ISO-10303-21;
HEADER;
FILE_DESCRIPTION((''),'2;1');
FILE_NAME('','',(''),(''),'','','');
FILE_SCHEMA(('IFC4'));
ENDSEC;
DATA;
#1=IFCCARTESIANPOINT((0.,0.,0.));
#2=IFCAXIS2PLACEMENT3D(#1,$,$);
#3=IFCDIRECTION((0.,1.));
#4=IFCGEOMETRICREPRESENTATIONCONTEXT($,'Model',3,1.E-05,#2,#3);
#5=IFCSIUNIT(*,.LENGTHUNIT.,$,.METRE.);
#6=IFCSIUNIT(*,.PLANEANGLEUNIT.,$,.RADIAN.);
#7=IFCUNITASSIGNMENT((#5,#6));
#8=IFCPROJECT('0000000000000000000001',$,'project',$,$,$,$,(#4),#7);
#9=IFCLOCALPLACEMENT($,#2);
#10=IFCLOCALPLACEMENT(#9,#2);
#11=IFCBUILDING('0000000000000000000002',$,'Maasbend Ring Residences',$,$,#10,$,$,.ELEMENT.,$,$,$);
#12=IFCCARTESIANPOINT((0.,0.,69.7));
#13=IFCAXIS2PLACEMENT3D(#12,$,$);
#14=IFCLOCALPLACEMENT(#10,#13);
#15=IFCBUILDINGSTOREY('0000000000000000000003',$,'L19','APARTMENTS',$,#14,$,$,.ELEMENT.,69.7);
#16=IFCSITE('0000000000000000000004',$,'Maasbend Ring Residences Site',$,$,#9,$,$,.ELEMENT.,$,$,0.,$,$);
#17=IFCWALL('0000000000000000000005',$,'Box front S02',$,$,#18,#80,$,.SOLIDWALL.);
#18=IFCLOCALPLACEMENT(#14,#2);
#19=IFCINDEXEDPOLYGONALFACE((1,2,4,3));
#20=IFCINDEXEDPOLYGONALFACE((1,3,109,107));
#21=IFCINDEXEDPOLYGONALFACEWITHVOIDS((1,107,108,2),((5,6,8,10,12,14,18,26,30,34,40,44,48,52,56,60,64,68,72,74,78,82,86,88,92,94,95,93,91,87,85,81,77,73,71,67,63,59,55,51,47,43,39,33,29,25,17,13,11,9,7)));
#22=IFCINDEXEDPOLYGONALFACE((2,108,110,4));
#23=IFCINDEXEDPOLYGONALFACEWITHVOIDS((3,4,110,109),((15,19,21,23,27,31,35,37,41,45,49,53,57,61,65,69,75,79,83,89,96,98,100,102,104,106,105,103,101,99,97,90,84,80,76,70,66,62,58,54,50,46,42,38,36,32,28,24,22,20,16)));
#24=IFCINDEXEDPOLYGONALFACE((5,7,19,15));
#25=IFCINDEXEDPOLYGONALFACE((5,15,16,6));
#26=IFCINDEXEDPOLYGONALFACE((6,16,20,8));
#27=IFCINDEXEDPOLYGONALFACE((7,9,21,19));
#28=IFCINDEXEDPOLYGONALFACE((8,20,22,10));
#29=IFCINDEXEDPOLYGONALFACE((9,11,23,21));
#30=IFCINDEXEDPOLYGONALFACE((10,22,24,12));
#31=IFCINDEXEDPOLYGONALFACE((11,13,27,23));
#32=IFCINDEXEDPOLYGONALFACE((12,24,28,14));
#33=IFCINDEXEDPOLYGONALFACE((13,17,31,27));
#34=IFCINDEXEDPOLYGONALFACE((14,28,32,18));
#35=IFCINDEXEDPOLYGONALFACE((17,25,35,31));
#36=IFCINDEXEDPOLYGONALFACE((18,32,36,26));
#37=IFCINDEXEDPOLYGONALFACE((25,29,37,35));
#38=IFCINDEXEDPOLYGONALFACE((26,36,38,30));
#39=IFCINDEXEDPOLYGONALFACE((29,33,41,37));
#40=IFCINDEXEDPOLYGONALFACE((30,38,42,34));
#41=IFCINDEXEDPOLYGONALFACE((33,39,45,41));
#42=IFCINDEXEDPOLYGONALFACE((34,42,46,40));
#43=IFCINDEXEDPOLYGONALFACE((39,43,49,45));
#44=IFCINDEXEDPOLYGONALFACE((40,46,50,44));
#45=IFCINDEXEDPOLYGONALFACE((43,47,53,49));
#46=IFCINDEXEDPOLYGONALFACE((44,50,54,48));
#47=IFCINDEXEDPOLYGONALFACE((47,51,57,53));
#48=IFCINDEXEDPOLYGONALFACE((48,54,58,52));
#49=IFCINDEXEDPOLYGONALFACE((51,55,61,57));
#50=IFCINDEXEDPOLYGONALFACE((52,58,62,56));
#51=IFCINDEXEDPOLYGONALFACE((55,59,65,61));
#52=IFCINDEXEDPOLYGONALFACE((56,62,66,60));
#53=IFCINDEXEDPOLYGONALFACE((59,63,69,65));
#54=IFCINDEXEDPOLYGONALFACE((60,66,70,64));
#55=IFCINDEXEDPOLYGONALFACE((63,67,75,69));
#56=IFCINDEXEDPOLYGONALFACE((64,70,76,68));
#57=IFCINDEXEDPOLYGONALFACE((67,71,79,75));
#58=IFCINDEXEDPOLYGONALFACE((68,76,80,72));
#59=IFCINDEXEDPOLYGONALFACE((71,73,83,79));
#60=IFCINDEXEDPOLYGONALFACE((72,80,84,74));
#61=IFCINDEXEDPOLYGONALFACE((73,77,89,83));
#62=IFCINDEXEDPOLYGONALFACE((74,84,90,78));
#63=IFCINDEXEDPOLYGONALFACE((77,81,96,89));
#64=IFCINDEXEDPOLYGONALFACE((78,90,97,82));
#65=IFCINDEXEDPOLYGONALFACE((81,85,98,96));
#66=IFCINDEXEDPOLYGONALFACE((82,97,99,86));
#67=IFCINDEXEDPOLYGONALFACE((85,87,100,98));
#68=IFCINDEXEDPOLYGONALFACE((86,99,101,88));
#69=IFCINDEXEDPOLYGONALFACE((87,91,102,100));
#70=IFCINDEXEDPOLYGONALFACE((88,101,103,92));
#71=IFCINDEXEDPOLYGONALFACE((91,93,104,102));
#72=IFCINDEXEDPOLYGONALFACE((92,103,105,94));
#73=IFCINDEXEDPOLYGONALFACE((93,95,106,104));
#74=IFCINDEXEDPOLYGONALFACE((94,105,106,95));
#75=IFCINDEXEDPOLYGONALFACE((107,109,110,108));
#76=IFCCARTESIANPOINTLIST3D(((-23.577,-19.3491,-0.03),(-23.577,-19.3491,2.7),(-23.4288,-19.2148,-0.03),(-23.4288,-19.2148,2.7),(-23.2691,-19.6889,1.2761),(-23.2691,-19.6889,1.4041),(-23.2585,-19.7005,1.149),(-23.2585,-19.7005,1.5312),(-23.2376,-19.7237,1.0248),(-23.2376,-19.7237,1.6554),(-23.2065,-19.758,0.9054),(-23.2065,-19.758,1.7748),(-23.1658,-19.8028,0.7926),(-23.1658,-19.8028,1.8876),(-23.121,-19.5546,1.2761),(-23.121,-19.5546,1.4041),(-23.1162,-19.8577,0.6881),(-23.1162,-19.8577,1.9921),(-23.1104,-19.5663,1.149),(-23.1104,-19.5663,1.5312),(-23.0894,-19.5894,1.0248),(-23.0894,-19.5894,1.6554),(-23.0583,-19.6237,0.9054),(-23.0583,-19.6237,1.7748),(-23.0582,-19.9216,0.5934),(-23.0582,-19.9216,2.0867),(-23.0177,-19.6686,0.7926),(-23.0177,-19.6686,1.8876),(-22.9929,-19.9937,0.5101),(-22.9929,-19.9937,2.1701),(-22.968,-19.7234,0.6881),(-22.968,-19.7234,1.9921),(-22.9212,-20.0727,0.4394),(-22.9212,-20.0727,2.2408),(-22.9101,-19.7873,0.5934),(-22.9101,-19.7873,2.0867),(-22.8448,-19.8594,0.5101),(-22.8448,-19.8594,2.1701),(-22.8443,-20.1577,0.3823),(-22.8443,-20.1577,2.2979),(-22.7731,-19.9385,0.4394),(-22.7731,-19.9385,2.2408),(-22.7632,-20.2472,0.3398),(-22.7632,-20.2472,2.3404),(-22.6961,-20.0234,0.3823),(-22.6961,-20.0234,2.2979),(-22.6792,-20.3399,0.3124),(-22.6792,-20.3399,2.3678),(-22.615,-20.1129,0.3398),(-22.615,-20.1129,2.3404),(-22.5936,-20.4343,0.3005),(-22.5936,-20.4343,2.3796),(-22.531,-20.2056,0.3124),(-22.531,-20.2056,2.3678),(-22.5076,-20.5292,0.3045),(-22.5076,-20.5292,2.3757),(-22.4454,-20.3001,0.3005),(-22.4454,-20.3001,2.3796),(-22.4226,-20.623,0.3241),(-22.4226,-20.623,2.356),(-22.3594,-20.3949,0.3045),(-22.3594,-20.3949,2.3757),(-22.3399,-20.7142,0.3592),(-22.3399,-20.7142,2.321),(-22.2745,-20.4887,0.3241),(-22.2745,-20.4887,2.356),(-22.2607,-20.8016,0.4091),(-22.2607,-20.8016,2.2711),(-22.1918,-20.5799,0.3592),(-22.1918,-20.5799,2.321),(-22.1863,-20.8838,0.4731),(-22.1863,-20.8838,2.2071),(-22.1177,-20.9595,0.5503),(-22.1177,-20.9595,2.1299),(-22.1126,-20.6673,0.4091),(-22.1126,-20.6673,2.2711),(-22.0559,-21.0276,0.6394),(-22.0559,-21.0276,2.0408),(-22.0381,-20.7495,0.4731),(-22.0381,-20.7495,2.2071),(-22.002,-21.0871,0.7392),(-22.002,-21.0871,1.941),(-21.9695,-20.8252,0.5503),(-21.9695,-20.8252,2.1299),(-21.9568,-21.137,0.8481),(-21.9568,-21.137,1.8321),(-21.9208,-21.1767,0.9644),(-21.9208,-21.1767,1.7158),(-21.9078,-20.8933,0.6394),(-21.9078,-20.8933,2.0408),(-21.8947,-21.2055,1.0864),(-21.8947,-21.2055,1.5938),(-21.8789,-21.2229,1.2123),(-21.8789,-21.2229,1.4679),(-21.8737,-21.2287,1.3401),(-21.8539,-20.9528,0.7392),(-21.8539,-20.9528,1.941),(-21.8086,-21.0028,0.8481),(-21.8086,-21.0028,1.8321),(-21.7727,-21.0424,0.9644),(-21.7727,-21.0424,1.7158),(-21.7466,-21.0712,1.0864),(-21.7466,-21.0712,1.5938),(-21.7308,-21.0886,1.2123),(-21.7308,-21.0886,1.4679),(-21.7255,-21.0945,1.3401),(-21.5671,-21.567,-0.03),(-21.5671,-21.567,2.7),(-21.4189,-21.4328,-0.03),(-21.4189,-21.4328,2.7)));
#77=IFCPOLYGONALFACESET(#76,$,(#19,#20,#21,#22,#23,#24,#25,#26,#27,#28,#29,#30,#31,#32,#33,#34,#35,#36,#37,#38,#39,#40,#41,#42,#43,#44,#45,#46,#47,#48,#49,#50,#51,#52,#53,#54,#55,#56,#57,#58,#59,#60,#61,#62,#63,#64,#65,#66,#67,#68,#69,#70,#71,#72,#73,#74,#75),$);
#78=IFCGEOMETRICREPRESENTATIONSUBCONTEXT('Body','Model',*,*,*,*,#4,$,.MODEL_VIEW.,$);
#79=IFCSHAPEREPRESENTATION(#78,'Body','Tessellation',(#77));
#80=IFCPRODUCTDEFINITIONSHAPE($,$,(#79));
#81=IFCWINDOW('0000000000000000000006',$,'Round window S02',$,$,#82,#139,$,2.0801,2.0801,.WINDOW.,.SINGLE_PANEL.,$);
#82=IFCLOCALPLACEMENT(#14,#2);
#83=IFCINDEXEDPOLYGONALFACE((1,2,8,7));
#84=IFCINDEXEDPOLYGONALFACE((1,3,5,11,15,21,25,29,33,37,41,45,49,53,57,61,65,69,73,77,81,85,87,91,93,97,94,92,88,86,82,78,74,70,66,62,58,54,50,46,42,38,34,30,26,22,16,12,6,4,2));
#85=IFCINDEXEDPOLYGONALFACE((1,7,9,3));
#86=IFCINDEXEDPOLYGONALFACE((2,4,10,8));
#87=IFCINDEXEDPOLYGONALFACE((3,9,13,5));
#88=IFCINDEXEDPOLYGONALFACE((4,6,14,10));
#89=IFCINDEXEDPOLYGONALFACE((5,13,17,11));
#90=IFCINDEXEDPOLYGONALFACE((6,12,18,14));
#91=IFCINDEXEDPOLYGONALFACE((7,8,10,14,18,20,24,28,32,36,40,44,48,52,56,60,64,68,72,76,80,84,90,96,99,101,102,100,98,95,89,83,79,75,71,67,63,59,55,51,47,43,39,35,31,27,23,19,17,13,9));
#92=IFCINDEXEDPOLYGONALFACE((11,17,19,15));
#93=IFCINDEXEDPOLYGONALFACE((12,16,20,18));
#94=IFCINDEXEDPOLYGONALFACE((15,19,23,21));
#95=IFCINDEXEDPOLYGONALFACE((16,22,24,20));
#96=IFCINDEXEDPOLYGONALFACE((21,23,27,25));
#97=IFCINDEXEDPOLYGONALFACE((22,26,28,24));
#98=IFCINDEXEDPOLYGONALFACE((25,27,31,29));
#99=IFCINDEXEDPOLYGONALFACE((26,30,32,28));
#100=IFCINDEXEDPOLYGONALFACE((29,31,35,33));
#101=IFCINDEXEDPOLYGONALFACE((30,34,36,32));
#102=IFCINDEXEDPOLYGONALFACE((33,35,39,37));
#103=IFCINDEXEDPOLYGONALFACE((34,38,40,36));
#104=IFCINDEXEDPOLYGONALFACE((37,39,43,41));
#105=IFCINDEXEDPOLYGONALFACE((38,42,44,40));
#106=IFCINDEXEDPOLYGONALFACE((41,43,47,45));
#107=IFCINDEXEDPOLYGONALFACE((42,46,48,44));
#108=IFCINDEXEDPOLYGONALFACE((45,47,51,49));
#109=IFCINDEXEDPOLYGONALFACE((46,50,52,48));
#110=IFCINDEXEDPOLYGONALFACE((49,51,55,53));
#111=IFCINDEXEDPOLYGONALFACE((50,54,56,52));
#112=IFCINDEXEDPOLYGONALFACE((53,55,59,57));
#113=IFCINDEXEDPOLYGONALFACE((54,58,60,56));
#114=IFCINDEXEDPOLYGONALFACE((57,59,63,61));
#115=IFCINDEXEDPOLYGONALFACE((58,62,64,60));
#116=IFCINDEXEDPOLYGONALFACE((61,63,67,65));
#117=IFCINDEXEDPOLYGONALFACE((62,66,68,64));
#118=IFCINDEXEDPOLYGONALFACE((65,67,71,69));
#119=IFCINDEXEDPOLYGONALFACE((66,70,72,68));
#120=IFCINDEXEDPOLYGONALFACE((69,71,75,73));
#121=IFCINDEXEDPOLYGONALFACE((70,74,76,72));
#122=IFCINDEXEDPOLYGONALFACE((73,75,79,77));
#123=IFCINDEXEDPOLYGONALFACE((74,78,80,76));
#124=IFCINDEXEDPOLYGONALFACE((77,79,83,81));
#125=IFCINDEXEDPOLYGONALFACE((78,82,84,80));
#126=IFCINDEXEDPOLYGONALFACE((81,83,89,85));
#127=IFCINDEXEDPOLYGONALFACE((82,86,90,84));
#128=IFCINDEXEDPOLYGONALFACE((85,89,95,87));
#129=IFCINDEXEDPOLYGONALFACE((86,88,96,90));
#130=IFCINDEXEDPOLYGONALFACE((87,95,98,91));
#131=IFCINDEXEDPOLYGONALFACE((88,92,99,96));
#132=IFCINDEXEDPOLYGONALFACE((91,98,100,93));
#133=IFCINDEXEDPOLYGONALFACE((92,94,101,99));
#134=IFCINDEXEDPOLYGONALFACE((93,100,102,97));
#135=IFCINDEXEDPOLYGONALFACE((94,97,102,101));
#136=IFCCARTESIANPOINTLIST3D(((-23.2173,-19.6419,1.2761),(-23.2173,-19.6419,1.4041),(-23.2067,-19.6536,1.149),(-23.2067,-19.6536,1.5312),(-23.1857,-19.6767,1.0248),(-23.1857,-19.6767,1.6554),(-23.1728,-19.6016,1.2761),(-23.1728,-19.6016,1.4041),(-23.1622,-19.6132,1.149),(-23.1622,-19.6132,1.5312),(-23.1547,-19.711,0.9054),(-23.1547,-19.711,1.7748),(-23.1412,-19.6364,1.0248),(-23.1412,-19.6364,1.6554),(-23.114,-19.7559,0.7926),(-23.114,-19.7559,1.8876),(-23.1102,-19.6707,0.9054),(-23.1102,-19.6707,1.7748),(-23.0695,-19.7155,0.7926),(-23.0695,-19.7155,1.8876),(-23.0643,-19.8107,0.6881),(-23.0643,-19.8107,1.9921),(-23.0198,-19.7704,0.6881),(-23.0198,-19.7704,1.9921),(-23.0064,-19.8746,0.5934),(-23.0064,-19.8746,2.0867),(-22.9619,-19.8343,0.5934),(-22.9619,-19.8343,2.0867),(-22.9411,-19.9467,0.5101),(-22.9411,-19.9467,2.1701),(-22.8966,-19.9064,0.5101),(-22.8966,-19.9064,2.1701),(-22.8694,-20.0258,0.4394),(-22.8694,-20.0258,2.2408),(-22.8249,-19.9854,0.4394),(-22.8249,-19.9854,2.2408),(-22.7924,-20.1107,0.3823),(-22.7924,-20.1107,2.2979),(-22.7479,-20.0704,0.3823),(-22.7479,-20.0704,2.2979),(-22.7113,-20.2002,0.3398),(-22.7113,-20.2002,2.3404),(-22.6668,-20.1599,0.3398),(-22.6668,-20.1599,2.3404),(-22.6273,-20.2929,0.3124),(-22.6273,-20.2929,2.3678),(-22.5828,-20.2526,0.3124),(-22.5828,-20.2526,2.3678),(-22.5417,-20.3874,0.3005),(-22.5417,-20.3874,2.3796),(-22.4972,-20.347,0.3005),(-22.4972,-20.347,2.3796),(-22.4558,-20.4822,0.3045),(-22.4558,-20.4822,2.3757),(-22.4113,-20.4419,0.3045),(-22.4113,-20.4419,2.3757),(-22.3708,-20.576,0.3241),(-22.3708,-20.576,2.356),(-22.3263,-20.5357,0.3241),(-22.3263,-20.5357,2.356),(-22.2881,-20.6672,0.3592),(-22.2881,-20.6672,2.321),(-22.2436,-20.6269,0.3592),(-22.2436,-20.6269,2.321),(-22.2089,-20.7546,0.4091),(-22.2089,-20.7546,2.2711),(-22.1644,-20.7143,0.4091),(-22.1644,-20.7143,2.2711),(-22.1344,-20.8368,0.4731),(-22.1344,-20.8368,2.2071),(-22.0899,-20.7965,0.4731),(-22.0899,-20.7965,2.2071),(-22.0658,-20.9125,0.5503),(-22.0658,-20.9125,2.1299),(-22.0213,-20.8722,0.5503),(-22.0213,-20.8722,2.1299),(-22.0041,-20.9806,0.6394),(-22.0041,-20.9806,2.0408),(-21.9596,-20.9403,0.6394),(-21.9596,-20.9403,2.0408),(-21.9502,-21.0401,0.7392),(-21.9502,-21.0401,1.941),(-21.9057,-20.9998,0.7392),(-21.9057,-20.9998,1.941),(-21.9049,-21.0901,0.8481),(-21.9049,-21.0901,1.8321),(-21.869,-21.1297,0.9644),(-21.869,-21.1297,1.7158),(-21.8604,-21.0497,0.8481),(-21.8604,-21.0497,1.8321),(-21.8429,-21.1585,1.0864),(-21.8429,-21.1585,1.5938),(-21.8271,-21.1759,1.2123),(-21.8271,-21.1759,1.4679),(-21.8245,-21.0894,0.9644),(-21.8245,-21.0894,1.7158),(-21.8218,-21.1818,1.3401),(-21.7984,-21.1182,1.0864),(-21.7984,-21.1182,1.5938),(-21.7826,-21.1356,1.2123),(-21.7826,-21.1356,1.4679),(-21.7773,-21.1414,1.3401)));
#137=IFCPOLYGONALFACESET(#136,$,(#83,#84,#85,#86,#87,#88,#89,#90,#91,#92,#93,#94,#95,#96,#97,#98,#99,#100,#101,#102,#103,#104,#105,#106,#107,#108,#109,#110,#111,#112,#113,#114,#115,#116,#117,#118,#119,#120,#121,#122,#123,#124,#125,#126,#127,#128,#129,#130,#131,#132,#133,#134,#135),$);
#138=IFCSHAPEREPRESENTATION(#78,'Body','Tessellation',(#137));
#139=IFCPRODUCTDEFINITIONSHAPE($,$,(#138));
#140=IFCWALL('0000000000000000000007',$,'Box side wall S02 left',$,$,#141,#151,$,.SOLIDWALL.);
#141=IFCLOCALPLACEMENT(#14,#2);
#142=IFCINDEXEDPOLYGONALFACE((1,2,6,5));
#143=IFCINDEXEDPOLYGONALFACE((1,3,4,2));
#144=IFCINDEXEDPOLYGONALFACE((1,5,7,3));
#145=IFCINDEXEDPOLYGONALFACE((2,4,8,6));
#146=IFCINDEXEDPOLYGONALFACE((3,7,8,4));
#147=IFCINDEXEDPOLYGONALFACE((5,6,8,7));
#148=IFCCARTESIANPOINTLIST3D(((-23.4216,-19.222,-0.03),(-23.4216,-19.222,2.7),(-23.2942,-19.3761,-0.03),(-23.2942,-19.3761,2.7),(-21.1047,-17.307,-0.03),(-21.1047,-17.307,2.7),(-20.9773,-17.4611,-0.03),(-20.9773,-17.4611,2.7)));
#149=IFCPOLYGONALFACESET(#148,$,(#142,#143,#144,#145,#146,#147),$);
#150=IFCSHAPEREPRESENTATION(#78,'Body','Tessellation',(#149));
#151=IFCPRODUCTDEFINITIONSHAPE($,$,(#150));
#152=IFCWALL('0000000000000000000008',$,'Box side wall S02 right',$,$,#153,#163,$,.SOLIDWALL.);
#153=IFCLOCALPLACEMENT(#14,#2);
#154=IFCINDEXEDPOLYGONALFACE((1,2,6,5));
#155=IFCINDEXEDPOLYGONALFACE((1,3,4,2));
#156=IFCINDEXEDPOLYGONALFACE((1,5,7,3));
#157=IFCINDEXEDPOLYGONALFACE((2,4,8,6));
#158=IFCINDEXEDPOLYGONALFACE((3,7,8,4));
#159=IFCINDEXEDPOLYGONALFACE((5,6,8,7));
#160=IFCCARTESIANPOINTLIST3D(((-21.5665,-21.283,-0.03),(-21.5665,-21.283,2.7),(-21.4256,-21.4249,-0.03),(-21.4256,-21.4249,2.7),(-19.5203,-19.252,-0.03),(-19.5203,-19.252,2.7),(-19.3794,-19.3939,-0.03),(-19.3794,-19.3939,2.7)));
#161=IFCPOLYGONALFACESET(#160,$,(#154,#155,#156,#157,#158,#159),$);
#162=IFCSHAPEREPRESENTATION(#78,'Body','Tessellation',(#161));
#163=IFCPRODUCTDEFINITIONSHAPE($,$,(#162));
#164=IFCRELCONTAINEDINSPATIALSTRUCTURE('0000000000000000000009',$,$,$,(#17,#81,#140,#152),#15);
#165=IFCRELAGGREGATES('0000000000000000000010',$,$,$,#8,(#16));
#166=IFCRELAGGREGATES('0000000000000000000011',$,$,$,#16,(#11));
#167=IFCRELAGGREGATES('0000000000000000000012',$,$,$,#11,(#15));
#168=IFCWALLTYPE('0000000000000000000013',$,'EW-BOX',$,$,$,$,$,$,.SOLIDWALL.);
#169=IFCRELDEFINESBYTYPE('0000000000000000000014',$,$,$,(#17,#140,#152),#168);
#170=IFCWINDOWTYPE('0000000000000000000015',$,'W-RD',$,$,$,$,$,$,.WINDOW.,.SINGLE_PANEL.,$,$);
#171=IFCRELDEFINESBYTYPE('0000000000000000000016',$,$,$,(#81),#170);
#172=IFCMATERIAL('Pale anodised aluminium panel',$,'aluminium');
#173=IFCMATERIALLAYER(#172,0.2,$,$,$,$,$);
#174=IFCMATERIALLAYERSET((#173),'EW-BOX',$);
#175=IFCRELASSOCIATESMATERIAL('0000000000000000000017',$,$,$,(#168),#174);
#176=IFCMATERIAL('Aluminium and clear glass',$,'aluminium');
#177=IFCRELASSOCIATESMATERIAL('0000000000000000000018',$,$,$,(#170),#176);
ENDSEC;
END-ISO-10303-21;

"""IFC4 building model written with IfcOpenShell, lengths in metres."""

from ifc_helpers import new_model, si_unit, direction, frame, frame_2d, origin, place, context, subcontext, project, spatial, rectangle, circle, extrude, material, layer, layer_set, type_object, element, fill, save


model = new_model("IFC4")

# Units and contexts
model_context = context("Model", 3, precision=1e-05, world=origin(), true_north=direction((0.0, 1.0)))
body_context = subcontext(model_context, "Body", "Model", "MODEL_VIEW")
ifc_project = project(units=[si_unit("LENGTHUNIT", "METRE"), si_unit("PLANEANGLEUNIT", "RADIAN")], contexts=[model_context])

# Site, building, storey
site_placement = place(None, origin())
site = spatial("IfcSite", under=ifc_project, at=site_placement, Name="Maasbend Ring Residences Site", CompositionType="ELEMENT", RefElevation=0.0)
building_placement = place(site_placement, origin())
building = spatial("IfcBuilding", under=site, at=building_placement, Name="Maasbend Ring Residences", CompositionType="ELEMENT")
storey_placement = place(building_placement, frame((0.0, 0.0, 69.7)))
storey = spatial("IfcBuildingStorey", under=building, at=storey_placement, Name="L19", Description="APARTMENTS", CompositionType="ELEMENT", Elevation=69.7)

# Wall, opening, window
ifc_material_1 = material(Name="Pale anodised aluminium panel", Category="aluminium")
ifc_layer_1 = layer(ifc_material_1, 0.2)
ifc_layer_set_1 = layer_set([ifc_layer_1], Name="EW-BOX")
wall_type_1 = type_object("IfcWallType", Name="EW-BOX", PredefinedType="SOLIDWALL", material=ifc_layer_set_1)
wall_1_placement = place(storey_placement, frame((-23.5029, -19.282, -0.03), z_axis=(0.0, 0.0, 1.0), x_axis=(0.671507, -0.740998, 0.0)))
wall_1 = element("IfcWall", 1, at=wall_1_placement, inside=storey, type_object=wall_type_1, Name="Box front S02", PredefinedType="SOLIDWALL", context=body_context, shape_type="SweptSolid", body=[
    extrude(rectangle(XDim=2.9932, YDim=0.2, at=frame_2d((1.4966, 0.0))), origin(), (0.0, 0.0, 1.0), 2.73),
])
opening_1_placement = place(wall_1_placement, frame((0.4565, 0.0, 0.3301)))
opening_1 = element("IfcOpeningElement", 2, at=opening_1_placement, cuts=wall_1, PredefinedType="OPENING", context=body_context, shape_type="SweptSolid", body=[
    extrude(circle(Radius=1.04, at=frame_2d((1.04, 1.04))), frame((0.0, 0.1099, 0.0), z_axis=(0.0, -1.0, 0.0), x_axis=(1.0, 0.0, 0.0)), (0.0, 0.0, 1.0), 0.22),
])
ifc_material_2 = material(Name="Aluminium and clear glass", Category="aluminium")
window_type_1 = type_object("IfcWindowType", Name="W-RD", PartitioningType="SINGLE_PANEL", PredefinedType="WINDOW", material=ifc_material_2)
window_1_placement = place(opening_1_placement, origin())
window_1 = element("IfcWindow", 3, at=window_1_placement, inside=storey, type_object=window_type_1, Name="Round window S02", OverallHeight=2.0801, OverallWidth=2.0801, PartitioningType="SINGLE_PANEL", PredefinedType="WINDOW", context=body_context, shape_type="SweptSolid", body=[
    extrude(circle(Radius=1.04, at=frame_2d((1.04, 1.04))), frame((0.0, 0.03, 0.0), z_axis=(0.0, -1.0, 0.0), x_axis=(1.0, 0.0, 0.0)), (0.0, 0.0, 1.0), 0.0601),
])
fill(opening_1, window_1)

# Walls
wall_2_placement = place(storey_placement, frame((-21.041, -17.384, -0.03), z_axis=(0.0, 0.0, 1.0), x_axis=(-0.770785, -0.637096, 0.0)))
element("IfcWall", 4, at=wall_2_placement, inside=storey, type_object=wall_type_1, Name="Box side wall S02 left", PredefinedType="SOLIDWALL", context=body_context, shape_type="SweptSolid", body=[
    extrude(rectangle(XDim=3.0059, YDim=0.2, at=frame_2d((1.5029, 0.0))), origin(), (0.0, 0.0, 1.0), 2.73),
])
wall_3_placement = place(storey_placement, frame((-19.45, -19.323, -0.03), z_axis=(0.0, 0.0, 1.0), x_axis=(-0.709727, -0.704477, 0.0)))
element("IfcWall", 5, at=wall_3_placement, inside=storey, type_object=wall_type_1, Name="Box side wall S02 right", PredefinedType="SOLIDWALL", context=body_context, shape_type="SweptSolid", body=[
    extrude(rectangle(XDim=2.8831, YDim=0.2, at=frame_2d((1.4414, 0.0))), origin(), (0.0, 0.0, 1.0), 2.73),
])

save(model, "model.ifc")
